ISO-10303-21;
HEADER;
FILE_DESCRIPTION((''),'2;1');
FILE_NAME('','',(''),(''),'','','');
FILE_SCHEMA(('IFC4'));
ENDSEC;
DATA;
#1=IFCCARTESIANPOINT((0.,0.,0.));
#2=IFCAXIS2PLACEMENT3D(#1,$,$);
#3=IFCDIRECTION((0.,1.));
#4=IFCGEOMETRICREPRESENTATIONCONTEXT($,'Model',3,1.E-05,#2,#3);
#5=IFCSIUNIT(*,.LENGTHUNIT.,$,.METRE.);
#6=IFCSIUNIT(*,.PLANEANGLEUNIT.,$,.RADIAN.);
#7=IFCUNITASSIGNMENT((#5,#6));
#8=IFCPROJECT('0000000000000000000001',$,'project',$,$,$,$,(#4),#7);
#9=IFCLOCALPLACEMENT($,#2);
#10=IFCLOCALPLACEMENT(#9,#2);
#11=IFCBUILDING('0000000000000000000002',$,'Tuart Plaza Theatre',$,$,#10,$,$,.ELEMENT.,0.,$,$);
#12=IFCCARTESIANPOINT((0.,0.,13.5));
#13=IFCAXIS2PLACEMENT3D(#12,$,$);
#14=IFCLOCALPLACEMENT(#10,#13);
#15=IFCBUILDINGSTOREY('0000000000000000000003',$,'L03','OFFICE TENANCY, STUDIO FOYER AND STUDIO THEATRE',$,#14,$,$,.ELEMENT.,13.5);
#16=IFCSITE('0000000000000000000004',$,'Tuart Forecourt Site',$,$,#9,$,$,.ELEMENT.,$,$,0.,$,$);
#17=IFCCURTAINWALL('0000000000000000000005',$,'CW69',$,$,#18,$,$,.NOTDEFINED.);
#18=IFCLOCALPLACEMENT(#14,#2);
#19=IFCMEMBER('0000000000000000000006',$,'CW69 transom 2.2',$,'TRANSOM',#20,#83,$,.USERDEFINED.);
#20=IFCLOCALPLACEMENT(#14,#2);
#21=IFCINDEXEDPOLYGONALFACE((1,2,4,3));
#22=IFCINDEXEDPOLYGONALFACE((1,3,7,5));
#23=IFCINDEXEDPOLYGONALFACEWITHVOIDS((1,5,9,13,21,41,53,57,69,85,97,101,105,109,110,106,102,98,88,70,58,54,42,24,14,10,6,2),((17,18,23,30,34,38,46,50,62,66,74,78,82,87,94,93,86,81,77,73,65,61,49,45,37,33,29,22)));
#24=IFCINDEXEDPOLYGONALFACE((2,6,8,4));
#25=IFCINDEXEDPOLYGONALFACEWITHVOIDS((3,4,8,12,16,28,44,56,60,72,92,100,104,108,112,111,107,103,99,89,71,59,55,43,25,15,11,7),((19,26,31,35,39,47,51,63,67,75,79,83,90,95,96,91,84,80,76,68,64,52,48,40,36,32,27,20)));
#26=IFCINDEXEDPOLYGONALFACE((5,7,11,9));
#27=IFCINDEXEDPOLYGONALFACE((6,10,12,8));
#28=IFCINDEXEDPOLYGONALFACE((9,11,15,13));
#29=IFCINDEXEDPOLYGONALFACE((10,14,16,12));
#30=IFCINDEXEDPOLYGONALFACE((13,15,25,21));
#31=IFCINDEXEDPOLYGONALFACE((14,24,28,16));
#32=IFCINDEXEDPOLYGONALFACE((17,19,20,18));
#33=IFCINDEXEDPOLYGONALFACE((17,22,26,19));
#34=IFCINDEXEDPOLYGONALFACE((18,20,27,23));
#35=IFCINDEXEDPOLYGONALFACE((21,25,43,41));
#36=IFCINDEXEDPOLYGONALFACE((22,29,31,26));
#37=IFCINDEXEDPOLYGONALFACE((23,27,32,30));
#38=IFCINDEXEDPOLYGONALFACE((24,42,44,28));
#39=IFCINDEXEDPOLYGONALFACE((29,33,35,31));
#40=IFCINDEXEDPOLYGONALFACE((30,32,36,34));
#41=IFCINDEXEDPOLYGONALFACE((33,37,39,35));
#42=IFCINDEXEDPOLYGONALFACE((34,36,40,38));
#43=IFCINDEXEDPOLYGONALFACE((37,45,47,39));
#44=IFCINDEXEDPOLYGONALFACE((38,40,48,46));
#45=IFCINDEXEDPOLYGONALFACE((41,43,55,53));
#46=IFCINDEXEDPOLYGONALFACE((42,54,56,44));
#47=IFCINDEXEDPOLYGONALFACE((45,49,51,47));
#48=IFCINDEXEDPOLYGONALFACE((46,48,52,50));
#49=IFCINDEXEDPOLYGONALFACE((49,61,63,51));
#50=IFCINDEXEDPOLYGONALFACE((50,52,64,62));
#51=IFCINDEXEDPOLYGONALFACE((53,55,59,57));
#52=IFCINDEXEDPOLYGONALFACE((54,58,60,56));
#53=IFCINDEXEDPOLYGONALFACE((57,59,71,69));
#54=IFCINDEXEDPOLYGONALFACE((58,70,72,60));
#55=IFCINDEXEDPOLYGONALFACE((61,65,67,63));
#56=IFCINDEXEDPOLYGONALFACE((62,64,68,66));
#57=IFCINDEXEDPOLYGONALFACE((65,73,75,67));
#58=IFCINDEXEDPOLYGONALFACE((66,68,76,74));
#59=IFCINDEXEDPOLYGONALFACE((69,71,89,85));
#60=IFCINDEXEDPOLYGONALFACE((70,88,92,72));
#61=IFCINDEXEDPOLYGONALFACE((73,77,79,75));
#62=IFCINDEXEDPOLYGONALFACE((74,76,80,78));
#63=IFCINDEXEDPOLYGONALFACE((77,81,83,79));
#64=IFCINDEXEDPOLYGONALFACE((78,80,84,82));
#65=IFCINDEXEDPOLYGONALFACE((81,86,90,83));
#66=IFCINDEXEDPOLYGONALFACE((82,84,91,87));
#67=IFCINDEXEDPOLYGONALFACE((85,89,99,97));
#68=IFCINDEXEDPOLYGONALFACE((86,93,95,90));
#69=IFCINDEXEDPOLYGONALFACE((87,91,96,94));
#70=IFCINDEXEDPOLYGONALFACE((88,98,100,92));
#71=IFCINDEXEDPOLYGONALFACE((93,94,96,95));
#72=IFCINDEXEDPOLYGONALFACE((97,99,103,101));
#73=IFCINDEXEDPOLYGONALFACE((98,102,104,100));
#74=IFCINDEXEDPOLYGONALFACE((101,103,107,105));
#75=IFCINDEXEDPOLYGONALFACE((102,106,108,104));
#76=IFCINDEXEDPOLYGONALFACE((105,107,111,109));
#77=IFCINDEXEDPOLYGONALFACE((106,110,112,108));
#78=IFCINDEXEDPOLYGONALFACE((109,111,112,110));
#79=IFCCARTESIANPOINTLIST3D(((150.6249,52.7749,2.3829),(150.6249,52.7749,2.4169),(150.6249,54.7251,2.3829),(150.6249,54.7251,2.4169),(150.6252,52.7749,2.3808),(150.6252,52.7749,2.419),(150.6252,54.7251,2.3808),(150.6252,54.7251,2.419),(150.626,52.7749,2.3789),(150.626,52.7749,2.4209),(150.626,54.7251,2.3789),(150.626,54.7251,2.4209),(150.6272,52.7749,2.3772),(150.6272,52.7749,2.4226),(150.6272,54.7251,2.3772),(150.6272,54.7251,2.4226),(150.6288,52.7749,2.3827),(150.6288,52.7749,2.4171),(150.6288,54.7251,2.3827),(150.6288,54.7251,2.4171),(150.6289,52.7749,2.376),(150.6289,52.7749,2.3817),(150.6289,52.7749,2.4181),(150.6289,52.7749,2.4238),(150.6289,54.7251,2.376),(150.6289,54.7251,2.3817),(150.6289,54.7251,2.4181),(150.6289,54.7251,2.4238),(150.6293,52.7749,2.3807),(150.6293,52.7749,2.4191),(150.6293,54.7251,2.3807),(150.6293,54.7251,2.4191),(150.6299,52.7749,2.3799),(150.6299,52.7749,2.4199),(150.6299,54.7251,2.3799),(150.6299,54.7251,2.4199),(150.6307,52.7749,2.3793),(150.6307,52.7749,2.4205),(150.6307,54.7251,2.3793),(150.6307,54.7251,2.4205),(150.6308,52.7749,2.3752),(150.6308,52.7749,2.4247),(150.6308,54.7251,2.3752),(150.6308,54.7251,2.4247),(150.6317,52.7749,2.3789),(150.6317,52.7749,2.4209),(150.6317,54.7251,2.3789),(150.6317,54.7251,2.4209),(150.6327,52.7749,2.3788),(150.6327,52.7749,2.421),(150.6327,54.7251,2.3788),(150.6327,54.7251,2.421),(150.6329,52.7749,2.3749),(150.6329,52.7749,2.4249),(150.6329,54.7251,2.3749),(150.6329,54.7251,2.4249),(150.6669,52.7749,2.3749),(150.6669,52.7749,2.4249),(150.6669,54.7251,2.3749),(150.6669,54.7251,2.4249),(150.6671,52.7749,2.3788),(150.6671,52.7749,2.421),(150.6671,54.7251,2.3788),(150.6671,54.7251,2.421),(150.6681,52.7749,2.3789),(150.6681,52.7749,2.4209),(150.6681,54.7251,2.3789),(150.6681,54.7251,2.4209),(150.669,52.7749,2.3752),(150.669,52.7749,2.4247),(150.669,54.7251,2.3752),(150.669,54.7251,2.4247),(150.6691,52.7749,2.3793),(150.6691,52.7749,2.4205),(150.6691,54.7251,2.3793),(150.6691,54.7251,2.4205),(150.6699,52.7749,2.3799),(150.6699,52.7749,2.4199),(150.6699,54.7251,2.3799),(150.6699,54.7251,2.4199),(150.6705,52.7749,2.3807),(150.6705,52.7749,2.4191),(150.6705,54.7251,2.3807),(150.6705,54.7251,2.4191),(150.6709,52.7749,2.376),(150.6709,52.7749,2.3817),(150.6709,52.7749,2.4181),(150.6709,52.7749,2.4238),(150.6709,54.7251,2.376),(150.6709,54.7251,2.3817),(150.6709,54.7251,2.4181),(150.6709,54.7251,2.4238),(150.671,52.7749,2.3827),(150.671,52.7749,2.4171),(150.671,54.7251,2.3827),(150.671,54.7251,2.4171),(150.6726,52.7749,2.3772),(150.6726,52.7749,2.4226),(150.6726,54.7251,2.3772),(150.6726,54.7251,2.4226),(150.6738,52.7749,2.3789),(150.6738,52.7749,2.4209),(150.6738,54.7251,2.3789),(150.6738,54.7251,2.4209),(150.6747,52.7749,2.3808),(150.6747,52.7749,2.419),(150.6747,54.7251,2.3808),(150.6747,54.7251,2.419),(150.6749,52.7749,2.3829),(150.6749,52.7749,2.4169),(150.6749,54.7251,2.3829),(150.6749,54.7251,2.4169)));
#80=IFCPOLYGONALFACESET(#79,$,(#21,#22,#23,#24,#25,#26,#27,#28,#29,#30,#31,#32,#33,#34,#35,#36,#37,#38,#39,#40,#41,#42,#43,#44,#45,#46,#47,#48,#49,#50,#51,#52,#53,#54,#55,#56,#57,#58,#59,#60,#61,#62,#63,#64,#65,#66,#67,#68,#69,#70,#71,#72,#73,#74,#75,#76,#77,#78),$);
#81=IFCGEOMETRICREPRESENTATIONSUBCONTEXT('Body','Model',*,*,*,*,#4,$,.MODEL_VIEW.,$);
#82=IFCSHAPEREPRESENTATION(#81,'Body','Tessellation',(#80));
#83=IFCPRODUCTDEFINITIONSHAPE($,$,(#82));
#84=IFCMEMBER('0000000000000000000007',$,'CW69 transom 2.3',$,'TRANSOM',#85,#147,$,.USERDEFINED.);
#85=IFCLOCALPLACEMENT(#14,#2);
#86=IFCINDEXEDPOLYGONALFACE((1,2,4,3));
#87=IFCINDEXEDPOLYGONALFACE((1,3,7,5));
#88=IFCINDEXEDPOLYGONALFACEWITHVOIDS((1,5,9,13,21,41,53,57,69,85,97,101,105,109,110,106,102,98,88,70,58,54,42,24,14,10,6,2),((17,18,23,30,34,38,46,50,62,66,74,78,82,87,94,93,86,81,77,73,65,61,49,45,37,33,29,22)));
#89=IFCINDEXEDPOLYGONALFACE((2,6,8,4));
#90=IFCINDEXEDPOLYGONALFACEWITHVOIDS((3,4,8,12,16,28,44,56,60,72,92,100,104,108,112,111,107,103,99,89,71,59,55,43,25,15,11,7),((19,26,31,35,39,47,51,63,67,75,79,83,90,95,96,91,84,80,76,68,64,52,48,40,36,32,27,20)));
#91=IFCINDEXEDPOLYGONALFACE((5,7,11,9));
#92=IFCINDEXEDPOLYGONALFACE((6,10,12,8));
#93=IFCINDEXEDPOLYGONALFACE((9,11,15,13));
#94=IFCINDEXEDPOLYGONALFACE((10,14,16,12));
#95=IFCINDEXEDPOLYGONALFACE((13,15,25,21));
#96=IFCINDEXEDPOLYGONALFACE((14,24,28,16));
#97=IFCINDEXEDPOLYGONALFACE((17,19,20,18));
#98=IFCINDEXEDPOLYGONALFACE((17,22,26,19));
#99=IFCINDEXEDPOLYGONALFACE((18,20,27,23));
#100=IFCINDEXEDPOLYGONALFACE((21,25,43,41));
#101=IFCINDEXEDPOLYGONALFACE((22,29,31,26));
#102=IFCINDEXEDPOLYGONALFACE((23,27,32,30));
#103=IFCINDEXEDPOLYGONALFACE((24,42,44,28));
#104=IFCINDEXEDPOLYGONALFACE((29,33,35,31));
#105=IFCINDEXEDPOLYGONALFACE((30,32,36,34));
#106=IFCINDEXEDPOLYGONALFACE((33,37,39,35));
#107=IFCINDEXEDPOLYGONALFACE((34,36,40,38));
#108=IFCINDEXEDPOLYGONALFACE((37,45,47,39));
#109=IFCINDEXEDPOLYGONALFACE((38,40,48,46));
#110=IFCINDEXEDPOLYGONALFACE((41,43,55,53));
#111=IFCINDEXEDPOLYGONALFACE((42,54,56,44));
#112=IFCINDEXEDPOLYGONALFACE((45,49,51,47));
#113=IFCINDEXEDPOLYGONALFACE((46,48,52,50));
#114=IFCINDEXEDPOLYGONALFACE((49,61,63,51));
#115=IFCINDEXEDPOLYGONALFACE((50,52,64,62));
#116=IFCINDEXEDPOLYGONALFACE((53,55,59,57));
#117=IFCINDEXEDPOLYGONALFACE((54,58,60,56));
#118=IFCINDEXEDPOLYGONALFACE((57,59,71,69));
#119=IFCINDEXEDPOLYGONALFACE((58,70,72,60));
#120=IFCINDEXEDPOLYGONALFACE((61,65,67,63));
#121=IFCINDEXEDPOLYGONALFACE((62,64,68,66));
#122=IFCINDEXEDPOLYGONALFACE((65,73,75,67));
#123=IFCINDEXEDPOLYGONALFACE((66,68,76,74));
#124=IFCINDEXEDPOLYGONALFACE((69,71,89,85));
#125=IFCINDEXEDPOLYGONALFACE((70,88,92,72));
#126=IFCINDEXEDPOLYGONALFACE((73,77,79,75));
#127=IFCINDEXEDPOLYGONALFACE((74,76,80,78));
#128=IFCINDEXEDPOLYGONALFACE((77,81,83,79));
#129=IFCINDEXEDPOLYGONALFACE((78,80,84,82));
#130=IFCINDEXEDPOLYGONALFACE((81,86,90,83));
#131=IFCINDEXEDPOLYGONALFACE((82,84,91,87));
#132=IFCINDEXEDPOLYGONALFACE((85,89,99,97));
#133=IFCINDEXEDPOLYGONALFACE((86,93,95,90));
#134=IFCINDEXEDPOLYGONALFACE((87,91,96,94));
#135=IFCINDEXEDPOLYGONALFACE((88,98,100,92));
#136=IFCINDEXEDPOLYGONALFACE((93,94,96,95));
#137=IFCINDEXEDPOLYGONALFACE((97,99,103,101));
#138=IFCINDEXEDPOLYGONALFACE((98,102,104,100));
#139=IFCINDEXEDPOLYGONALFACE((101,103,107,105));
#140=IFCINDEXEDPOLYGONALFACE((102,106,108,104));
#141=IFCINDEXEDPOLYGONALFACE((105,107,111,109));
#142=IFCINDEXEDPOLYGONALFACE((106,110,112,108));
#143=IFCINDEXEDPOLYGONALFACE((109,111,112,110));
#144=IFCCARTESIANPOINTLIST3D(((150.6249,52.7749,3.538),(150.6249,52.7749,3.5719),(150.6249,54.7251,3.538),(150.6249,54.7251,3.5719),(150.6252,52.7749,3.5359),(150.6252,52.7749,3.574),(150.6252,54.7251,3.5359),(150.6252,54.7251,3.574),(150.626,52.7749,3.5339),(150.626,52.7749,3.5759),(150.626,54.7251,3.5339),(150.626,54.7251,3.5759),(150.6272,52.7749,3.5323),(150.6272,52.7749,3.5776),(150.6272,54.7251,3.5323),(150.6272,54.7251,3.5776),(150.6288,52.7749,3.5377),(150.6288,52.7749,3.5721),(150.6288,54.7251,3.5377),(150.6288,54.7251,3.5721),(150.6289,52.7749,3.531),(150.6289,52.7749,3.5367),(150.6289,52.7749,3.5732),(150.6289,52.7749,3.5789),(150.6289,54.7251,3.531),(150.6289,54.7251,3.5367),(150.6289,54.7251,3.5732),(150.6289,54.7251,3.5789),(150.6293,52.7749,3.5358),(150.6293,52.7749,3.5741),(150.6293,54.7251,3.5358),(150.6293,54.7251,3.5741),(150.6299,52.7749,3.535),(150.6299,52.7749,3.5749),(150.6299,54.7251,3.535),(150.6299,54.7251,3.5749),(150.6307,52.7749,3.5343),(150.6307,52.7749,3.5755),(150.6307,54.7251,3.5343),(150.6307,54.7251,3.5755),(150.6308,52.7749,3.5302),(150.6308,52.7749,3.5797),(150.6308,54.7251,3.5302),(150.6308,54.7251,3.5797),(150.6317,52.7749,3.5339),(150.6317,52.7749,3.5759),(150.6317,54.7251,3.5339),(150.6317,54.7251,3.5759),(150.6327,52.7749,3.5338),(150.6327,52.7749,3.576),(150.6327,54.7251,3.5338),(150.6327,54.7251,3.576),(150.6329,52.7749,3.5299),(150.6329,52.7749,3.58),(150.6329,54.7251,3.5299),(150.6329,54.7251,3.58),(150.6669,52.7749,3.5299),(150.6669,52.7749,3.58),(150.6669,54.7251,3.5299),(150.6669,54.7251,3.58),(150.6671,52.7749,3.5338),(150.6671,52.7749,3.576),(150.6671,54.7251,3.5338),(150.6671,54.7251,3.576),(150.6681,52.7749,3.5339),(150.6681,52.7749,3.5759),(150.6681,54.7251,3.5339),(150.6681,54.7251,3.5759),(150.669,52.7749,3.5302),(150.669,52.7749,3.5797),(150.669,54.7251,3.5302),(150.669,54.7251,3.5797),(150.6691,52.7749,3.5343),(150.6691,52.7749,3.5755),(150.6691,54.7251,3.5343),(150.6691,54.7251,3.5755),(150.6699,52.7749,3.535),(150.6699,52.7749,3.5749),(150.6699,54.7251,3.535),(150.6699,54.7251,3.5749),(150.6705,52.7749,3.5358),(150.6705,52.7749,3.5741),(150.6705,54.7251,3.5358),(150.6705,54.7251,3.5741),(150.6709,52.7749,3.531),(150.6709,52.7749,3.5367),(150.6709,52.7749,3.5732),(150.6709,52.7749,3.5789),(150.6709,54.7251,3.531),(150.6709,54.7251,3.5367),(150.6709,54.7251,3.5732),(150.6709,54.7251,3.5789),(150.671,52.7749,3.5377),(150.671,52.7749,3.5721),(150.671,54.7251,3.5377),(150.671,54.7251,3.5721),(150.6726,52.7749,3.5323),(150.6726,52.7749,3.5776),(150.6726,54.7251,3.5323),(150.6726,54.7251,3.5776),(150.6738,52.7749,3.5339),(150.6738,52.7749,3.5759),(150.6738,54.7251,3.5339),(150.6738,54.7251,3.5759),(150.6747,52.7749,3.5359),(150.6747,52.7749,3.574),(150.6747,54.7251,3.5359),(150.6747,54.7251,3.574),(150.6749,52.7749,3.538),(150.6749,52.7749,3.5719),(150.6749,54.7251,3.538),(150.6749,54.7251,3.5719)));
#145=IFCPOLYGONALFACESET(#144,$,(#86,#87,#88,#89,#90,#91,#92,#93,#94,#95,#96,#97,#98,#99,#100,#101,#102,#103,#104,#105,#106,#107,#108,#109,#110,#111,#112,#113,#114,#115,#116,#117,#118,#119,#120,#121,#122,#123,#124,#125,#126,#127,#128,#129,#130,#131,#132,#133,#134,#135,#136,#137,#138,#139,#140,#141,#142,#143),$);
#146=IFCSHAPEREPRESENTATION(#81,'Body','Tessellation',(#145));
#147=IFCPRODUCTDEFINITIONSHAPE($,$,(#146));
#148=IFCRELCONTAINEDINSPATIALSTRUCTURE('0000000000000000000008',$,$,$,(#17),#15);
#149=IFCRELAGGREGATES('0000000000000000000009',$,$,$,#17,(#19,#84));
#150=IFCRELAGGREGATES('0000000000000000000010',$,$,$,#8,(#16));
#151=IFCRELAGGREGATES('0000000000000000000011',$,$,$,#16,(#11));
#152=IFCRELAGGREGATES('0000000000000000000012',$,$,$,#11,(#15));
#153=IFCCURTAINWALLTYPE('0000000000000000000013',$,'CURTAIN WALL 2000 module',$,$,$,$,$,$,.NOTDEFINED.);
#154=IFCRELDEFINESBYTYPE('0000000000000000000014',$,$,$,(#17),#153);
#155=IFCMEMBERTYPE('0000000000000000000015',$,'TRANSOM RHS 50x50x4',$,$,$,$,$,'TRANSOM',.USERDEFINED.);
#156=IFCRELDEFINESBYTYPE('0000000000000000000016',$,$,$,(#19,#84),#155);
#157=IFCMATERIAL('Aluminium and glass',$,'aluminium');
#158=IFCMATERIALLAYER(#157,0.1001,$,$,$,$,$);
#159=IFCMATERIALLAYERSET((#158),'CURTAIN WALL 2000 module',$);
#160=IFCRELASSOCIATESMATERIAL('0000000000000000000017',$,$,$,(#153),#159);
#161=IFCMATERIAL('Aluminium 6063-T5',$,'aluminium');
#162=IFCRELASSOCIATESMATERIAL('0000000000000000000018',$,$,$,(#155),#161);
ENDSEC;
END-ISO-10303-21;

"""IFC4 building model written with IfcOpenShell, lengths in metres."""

from ifc_helpers import new_model, si_unit, direction, frame, origin, origin_2d, place, context, subcontext, project, spatial, hollow_rectangle, extrude, material, layer, layer_set, material_profile, profile_set, type_object, element, aggregate, save


model = new_model("IFC4")

# Units and contexts
model_context = context("Model", 3, precision=1e-05, world=origin(), true_north=direction((0.0, 1.0)))
body_context = subcontext(model_context, "Body", "Model", "MODEL_VIEW")
ifc_project = project(units=[si_unit("LENGTHUNIT", "METRE"), si_unit("PLANEANGLEUNIT", "RADIAN")], contexts=[model_context])

# Site, building, storey
site_placement = place(None, origin())
site = spatial("IfcSite", under=ifc_project, at=site_placement, Name="Tuart Forecourt Site", CompositionType="ELEMENT", RefElevation=0.0)
building_placement = place(site_placement, origin())
building = spatial("IfcBuilding", under=site, at=building_placement, Name="Tuart Plaza Theatre", CompositionType="ELEMENT", ElevationOfRefHeight=0.0)
storey_placement = place(building_placement, frame((0.0, 0.0, 13.5)))
storey = spatial("IfcBuildingStorey", under=building, at=storey_placement, Name="L03", Description="OFFICE TENANCY, STUDIO FOYER AND STUDIO THEATRE", CompositionType="ELEMENT", Elevation=13.5)

# Curtain wall, members
ifc_material_1 = material(Name="Aluminium and glass", Category="aluminium")
ifc_layer_1 = layer(ifc_material_1, 0.1001)
ifc_layer_set_1 = layer_set([ifc_layer_1], Name="CURTAIN WALL 2000 module")
curtain_wall_type = type_object("IfcCurtainWallType", Name="CURTAIN WALL 2000 module", PredefinedType="NOTDEFINED", material=ifc_layer_set_1)
curtain_wall_placement = place(storey_placement, origin())
curtain_wall = element("IfcCurtainWall", 1, at=curtain_wall_placement, inside=storey, type_object=curtain_wall_type, Name="CW69", PredefinedType="NOTDEFINED")
ifc_material_2 = material(Name="Aluminium 6063-T5", Category="aluminium")
ifc_material_profile_1 = material_profile(ifc_material_2, hollow_rectangle(XDim=0.05, YDim=0.05, WallThickness=0.0039, InnerFilletRadius=0.0039, OuterFilletRadius=0.0081, at=origin_2d()), Name="RHS 50x50x4")
ifc_profile_set_1 = profile_set([ifc_material_profile_1], Name="Aluminium 6063-T5")
member_type_1 = type_object("IfcMemberType", Name="TRANSOM RHS 50x50x4", ElementType="TRANSOM", PredefinedType="USERDEFINED", material=ifc_profile_set_1)
member_1_placement = place(storey_placement, frame((150.6499, 52.7749, 2.3999), z_axis=(0.0, 1.0, 0.0), x_axis=(-1.0, 0.0, 0.0)))
member_1 = element("IfcMember", 2, at=member_1_placement, type_object=member_type_1, Name="CW69 transom 2.2", ObjectType="TRANSOM", PredefinedType="USERDEFINED", context=body_context, shape_type="SweptSolid", body=[
    extrude(hollow_rectangle(XDim=0.05, YDim=0.05, WallThickness=0.0039, InnerFilletRadius=0.0039, OuterFilletRadius=0.0081, at=origin_2d()), origin(), (0.0, 0.0, 1.0), 1.9502),
])
member_2_placement = place(storey_placement, frame((150.6499, 52.7749, 3.5549), z_axis=(0.0, 1.0, 0.0), x_axis=(-1.0, 0.0, 0.0)))
member_2 = element("IfcMember", 3, at=member_2_placement, type_object=member_type_1, Name="CW69 transom 2.3", ObjectType="TRANSOM", PredefinedType="USERDEFINED", context=body_context, shape_type="SweptSolid", body=[
    extrude(hollow_rectangle(XDim=0.05, YDim=0.05, WallThickness=0.0039, InnerFilletRadius=0.0039, OuterFilletRadius=0.0081, at=origin_2d()), origin(), (0.0, 0.0, 1.0), 1.9502),
])
aggregate(curtain_wall, [member_1, member_2])

save(model, "model.ifc")
